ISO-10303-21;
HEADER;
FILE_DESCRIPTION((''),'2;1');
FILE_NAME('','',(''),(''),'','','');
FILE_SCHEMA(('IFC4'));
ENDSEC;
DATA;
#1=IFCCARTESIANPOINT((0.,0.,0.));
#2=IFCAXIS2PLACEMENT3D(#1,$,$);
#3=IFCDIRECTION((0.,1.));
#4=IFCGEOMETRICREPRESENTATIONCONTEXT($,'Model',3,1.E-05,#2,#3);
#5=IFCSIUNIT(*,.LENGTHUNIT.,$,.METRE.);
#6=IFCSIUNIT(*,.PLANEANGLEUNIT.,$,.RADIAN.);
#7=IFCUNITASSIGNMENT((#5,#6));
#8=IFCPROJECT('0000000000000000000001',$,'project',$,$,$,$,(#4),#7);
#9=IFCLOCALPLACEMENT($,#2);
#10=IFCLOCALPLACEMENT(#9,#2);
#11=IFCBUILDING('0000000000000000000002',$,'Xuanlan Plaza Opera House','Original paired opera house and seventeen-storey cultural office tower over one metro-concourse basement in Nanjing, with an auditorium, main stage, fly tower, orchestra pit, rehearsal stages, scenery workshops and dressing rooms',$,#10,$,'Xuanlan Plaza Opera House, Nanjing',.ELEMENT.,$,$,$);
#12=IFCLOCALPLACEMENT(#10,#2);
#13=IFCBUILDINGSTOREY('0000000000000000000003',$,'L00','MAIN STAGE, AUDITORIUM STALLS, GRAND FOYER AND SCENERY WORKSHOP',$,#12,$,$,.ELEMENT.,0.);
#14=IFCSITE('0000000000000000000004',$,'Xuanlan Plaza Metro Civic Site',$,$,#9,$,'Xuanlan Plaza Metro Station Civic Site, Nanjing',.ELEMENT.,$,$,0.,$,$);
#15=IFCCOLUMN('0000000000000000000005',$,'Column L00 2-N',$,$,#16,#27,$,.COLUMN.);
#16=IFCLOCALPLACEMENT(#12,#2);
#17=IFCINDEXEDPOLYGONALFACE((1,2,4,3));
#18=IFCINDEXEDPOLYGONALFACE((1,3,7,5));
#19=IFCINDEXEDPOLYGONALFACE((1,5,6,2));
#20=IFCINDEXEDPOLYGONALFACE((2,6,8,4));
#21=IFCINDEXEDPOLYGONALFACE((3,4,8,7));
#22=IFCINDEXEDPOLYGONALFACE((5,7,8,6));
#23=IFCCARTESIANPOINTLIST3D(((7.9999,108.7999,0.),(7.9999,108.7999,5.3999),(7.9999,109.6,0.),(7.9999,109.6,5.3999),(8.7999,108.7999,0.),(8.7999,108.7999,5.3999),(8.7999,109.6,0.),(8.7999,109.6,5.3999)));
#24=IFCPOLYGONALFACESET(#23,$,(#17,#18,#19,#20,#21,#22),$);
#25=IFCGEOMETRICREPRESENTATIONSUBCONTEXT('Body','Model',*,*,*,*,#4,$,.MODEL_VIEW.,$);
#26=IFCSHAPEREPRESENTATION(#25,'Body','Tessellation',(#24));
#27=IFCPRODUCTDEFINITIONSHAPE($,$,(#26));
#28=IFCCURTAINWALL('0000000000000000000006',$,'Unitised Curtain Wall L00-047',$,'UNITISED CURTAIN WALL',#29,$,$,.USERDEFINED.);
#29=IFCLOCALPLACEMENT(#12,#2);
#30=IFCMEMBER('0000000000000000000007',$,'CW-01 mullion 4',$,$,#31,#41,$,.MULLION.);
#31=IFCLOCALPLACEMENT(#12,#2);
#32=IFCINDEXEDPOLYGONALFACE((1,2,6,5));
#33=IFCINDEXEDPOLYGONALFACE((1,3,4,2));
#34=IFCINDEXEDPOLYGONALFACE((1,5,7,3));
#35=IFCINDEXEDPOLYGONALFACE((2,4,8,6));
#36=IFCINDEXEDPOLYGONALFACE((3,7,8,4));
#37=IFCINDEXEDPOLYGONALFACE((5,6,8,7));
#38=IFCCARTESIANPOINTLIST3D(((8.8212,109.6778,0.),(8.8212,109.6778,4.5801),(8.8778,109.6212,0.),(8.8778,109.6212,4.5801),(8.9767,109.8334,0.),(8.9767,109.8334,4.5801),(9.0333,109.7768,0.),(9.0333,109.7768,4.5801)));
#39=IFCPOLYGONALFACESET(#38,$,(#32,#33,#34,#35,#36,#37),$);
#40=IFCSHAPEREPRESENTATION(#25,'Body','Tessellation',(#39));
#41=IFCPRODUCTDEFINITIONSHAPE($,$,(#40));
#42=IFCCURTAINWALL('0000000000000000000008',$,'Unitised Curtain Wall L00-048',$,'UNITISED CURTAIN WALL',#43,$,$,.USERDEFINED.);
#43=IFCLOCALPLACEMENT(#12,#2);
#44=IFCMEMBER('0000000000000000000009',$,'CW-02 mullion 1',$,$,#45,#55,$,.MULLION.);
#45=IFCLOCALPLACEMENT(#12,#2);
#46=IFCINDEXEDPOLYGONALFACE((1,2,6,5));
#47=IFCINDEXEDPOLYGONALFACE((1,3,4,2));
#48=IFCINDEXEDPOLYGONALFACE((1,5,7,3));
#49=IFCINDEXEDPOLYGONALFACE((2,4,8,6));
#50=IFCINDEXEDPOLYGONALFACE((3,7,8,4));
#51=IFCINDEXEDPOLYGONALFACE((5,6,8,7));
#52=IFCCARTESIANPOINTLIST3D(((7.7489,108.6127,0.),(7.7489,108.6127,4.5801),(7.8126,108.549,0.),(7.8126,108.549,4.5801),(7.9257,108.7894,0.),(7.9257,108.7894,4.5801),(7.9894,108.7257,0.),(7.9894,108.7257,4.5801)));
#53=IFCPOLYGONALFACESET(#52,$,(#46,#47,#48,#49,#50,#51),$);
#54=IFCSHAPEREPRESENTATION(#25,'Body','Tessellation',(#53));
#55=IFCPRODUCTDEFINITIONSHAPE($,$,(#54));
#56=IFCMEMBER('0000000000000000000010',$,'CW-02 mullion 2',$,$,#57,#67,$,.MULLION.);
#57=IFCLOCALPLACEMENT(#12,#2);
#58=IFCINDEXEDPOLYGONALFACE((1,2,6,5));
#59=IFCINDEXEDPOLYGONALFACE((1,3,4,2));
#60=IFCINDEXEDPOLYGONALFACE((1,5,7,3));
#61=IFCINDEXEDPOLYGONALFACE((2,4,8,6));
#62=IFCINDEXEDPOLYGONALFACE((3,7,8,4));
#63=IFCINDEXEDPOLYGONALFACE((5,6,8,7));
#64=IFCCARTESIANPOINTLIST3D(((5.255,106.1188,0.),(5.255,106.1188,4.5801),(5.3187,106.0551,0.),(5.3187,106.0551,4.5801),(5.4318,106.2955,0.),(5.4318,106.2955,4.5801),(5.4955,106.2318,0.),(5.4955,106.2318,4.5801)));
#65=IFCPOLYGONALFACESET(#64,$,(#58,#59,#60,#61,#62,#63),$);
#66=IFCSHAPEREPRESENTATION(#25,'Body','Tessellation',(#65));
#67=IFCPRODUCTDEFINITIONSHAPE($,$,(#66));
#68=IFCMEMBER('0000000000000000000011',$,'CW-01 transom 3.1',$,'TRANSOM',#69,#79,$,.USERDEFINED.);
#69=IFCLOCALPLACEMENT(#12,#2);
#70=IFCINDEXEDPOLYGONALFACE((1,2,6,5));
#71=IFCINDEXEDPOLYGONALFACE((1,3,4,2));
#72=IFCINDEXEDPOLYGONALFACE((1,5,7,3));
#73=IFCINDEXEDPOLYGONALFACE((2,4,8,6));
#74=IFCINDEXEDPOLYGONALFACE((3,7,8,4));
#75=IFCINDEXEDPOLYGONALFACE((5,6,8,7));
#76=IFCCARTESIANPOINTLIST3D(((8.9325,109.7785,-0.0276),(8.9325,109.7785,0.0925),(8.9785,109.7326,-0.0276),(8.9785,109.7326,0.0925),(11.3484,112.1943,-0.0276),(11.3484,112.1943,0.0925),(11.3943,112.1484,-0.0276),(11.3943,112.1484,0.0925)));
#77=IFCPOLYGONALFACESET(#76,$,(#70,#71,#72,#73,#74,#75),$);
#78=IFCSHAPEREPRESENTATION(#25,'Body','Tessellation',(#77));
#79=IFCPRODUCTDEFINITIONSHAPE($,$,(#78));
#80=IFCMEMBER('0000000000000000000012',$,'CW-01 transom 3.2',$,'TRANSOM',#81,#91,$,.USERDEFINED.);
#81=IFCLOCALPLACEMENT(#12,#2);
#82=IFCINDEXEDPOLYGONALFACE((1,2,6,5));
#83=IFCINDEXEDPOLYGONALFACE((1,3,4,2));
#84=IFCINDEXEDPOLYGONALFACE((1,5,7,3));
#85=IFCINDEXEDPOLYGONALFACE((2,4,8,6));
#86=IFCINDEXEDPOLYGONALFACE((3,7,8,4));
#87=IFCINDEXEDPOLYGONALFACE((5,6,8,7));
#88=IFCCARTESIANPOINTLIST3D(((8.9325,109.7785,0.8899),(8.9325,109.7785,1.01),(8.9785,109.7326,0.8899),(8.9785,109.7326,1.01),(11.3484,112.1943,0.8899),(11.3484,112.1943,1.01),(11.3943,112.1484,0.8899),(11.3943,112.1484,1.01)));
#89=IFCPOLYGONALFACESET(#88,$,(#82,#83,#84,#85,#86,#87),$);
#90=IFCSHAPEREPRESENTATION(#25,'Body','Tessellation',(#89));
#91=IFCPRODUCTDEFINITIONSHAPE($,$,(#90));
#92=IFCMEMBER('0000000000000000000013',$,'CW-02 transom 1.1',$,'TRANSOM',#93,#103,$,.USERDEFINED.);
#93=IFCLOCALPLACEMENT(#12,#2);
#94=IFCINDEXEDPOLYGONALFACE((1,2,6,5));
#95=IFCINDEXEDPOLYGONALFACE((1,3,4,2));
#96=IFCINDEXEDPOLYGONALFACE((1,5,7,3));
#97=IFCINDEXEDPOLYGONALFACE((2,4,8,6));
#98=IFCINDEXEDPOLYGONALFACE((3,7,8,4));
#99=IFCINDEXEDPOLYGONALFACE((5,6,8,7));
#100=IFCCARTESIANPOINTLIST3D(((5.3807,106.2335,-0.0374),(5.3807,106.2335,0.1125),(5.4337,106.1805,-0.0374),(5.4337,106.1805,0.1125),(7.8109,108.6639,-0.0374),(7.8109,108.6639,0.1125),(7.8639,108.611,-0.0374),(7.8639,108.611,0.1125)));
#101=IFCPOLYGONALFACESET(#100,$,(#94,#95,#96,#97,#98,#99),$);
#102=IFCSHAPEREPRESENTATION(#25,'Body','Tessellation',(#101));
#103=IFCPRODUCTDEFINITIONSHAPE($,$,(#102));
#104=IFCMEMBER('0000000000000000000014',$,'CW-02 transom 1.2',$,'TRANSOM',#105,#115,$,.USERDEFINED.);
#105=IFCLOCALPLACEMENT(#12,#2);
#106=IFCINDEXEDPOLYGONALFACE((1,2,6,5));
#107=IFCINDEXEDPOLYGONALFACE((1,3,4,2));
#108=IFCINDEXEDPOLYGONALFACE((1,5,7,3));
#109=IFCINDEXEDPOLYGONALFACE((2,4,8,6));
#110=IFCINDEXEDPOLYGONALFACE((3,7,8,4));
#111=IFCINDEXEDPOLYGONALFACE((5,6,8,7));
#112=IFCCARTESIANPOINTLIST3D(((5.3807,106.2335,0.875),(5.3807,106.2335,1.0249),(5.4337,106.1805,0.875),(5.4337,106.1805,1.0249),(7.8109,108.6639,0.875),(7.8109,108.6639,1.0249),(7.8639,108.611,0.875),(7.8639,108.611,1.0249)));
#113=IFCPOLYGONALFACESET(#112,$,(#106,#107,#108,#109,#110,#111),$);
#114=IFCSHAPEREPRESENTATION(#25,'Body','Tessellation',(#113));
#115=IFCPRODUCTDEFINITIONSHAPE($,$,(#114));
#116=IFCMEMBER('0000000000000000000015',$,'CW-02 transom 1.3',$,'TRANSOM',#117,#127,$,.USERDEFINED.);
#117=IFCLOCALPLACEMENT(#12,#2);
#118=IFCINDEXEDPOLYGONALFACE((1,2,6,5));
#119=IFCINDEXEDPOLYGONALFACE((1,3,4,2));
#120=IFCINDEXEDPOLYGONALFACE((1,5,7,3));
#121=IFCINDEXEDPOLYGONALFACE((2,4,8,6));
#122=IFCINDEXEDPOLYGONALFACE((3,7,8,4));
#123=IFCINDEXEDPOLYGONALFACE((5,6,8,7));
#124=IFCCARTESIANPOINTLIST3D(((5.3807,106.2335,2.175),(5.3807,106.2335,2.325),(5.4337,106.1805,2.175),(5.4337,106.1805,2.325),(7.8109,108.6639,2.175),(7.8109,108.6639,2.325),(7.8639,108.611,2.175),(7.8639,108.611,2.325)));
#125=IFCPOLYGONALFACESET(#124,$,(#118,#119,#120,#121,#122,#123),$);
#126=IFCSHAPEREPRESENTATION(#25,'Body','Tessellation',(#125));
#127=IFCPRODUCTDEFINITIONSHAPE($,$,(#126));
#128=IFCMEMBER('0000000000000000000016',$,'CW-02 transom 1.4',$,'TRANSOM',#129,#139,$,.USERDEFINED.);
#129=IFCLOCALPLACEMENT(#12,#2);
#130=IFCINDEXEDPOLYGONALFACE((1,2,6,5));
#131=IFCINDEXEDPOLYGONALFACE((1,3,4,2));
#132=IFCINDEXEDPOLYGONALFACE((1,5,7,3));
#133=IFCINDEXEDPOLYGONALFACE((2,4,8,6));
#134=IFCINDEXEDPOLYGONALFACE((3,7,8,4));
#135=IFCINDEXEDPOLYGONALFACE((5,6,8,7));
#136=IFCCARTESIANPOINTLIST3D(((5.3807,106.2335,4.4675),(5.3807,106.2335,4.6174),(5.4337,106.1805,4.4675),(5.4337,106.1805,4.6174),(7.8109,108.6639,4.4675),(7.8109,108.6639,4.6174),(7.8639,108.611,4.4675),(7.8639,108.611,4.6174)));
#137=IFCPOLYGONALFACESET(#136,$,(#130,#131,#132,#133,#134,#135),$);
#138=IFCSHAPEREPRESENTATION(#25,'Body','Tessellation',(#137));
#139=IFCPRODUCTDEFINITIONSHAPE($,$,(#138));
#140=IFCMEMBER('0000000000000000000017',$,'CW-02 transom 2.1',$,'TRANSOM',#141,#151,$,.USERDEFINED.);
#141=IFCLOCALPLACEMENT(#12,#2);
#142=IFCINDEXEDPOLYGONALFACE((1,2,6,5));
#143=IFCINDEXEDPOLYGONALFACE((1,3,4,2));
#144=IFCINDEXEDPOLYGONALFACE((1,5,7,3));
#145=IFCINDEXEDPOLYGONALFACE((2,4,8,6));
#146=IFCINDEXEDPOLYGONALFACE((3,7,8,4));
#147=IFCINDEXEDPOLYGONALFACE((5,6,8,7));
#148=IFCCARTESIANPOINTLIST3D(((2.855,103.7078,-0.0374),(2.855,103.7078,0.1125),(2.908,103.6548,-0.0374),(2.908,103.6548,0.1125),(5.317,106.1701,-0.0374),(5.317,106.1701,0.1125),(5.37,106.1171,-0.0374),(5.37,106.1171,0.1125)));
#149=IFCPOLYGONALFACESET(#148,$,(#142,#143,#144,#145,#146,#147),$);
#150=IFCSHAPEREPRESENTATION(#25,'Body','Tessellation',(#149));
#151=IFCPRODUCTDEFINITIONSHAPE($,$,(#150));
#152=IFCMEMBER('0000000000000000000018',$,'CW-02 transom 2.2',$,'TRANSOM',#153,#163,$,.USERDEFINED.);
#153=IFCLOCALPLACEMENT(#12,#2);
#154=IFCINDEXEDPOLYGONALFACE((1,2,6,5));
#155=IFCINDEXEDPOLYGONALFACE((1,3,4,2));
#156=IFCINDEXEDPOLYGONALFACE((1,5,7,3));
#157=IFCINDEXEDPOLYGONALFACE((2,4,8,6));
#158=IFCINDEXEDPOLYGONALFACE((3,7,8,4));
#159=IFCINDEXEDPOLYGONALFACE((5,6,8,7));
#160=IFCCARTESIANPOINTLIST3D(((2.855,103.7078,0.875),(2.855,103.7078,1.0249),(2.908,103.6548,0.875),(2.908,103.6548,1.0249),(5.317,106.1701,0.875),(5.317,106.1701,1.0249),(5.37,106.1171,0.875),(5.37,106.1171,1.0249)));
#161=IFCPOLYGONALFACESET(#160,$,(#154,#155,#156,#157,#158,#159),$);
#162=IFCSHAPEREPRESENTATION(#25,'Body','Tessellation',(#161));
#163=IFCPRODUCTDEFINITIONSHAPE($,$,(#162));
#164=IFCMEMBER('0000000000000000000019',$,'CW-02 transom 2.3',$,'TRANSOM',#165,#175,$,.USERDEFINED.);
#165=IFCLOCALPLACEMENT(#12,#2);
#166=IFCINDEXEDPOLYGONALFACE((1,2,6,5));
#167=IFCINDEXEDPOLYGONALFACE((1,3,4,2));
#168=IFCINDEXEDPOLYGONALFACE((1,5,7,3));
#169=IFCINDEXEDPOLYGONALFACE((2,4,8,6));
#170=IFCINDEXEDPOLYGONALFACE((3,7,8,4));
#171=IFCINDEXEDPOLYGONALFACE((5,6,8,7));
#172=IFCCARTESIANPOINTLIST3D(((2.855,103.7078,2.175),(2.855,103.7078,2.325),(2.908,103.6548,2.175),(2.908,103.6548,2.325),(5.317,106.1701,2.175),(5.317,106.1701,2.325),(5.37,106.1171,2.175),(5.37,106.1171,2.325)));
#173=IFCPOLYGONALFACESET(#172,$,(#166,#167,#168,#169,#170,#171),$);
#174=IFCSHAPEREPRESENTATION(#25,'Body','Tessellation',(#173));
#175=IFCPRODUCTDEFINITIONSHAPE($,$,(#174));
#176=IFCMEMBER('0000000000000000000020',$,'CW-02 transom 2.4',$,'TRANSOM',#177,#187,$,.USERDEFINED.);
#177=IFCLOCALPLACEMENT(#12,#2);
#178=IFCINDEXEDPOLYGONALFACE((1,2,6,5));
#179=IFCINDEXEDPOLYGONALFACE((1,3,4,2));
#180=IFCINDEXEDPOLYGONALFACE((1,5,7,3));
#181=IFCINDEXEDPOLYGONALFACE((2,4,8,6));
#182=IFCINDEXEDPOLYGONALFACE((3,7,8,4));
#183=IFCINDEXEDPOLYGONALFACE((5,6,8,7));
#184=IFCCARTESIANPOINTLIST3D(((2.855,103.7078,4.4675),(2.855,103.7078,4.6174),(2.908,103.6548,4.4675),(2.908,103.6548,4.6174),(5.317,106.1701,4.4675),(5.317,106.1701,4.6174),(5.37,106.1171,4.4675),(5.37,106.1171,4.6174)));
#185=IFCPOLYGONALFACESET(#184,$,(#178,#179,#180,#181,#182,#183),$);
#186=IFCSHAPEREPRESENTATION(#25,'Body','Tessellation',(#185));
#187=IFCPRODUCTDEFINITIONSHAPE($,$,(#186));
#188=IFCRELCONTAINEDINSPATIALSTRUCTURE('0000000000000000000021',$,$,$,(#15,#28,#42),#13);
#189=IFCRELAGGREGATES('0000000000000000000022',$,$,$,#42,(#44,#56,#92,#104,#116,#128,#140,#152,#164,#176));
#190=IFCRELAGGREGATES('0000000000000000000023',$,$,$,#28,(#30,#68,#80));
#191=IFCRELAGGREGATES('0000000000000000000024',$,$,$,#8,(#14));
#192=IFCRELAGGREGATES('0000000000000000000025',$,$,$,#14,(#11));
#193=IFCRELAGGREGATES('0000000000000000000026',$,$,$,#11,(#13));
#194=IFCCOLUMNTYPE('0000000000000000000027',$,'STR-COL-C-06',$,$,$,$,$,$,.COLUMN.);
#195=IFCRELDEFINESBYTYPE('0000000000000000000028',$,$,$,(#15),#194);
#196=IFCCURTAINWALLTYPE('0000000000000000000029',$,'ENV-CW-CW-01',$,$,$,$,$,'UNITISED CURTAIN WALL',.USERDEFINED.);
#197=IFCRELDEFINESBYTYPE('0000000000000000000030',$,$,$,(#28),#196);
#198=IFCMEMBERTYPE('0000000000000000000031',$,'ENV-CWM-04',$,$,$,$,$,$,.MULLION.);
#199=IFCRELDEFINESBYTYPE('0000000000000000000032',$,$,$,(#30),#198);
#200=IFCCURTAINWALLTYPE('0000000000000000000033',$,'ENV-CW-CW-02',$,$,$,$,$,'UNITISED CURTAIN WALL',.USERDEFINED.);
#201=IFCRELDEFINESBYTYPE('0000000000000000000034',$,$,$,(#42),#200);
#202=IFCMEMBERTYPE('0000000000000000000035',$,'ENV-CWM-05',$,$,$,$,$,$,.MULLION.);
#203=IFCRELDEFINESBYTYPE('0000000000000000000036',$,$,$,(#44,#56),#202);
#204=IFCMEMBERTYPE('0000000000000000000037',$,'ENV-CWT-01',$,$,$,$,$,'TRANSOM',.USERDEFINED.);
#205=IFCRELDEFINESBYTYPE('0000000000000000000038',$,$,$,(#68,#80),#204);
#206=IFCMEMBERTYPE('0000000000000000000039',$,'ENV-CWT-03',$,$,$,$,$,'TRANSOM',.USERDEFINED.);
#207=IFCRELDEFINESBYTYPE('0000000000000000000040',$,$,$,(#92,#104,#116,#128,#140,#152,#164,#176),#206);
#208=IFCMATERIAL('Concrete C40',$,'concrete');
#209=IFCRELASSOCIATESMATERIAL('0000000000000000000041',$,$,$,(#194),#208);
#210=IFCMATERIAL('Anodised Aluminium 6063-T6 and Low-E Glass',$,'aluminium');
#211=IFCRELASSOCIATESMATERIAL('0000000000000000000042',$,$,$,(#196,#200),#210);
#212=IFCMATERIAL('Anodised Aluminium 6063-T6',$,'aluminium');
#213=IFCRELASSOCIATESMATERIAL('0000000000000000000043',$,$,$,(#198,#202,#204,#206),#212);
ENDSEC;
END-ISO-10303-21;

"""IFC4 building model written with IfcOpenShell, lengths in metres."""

from ifc_helpers import new_model, si_unit, direction, frame, origin, origin_2d, place, context, subcontext, project, spatial, rectangle, extrude, material, material_profile, profile_set, type_object, element, aggregate, save


model = new_model("IFC4")

# Units and contexts
model_context = context("Model", 3, precision=1e-05, world=origin(), true_north=direction((0.0, 1.0)))
body_context = subcontext(model_context, "Body", "Model", "MODEL_VIEW")
ifc_project = project(units=[si_unit("LENGTHUNIT", "METRE"), si_unit("PLANEANGLEUNIT", "RADIAN")], contexts=[model_context])

# Site, building, storey
site_placement = place(None, origin())
site = spatial("IfcSite", under=ifc_project, at=site_placement, Name="Xuanlan Plaza Metro Civic Site", LongName="Xuanlan Plaza Metro Station Civic Site, Nanjing", CompositionType="ELEMENT", RefElevation=0.0)
building_placement = place(site_placement, origin())
building = spatial("IfcBuilding", under=site, at=building_placement, Name="Xuanlan Plaza Opera House", Description="Original paired opera house and seventeen-storey cultural office tower over one metro-concourse basement in Nanjing, with an auditorium, main stage, fly tower, orchestra pit, rehearsal stages, scenery workshops and dressing rooms", LongName="Xuanlan Plaza Opera House, Nanjing", CompositionType="ELEMENT")
storey_placement = place(building_placement, origin())
storey = spatial("IfcBuildingStorey", under=building, at=storey_placement, Name="L00", Description="MAIN STAGE, AUDITORIUM STALLS, GRAND FOYER AND SCENERY WORKSHOP", CompositionType="ELEMENT", Elevation=0.0)

# Column
ifc_material_1 = material(Name="Concrete C40", Category="concrete")
ifc_material_profile_1 = material_profile(ifc_material_1, rectangle(XDim=0.8, YDim=0.8, at=origin_2d()), Name="RC-COL 800x800")
ifc_profile_set_1 = profile_set([ifc_material_profile_1], Name="Concrete C40")
column_type = type_object("IfcColumnType", Name="STR-COL-C-06", PredefinedType="COLUMN", material=ifc_profile_set_1)
column_placement = place(storey_placement, frame((8.3999, 109.2, 0.0), z_axis=(0.0, 0.0, 1.0), x_axis=(1.0, 0.0, 0.0)))
element("IfcColumn", 1, at=column_placement, inside=storey, type_object=column_type, Name="Column L00 2-N", PredefinedType="COLUMN", context=body_context, shape_type="SweptSolid", body=[
    extrude(rectangle(XDim=0.8, YDim=0.8, at=origin_2d()), origin(), (0.0, 0.0, 1.0), 5.3999),
])

# Curtain wall, member
ifc_material_2 = material(Name="Anodised Aluminium 6063-T6 and Low-E Glass", Category="aluminium")
curtain_wall_type_1 = type_object("IfcCurtainWallType", Name="ENV-CW-CW-01", ElementType="UNITISED CURTAIN WALL", PredefinedType="USERDEFINED", material=ifc_material_2)
curtain_wall_1_placement = place(storey_placement, origin())
curtain_wall_1 = element("IfcCurtainWall", 2, at=curtain_wall_1_placement, inside=storey, type_object=curtain_wall_type_1, Name="Unitised Curtain Wall L00-047", ObjectType="UNITISED CURTAIN WALL", PredefinedType="USERDEFINED")
ifc_material_3 = material(Name="Anodised Aluminium 6063-T6", Category="aluminium")
ifc_material_profile_2 = material_profile(ifc_material_3, rectangle(XDim=0.0801, YDim=0.22, at=origin_2d()), Name="ALU-M 80x220")
ifc_profile_set_2 = profile_set([ifc_material_profile_2], Name="Anodised Aluminium 6063-T6")
member_type_1 = type_object("IfcMemberType", Name="ENV-CWM-04", PredefinedType="MULLION", material=ifc_profile_set_2)
member_1_placement = place(storey_placement, frame((8.9272, 109.7273, 0.0), z_axis=(0.0, 0.0, 1.0), x_axis=(0.707107, -0.707107, 0.0)))
member_1 = element("IfcMember", 3, at=member_1_placement, type_object=member_type_1, Name="CW-01 mullion 4", PredefinedType="MULLION", context=body_context, shape_type="SweptSolid", body=[
    extrude(rectangle(XDim=0.0801, YDim=0.22, at=origin_2d()), origin(), (0.0, 0.0, 1.0), 4.5801),
])

# Curtain wall, members
curtain_wall_type_2 = type_object("IfcCurtainWallType", Name="ENV-CW-CW-02", ElementType="UNITISED CURTAIN WALL", PredefinedType="USERDEFINED", material=ifc_material_2)
curtain_wall_2_placement = place(storey_placement, origin())
curtain_wall_2 = element("IfcCurtainWall", 4, at=curtain_wall_2_placement, inside=storey, type_object=curtain_wall_type_2, Name="Unitised Curtain Wall L00-048", ObjectType="UNITISED CURTAIN WALL", PredefinedType="USERDEFINED")
ifc_material_profile_3 = material_profile(ifc_material_3, rectangle(XDim=0.0901, YDim=0.25, at=origin_2d()), Name="ALU-M 90x250")
ifc_profile_set_3 = profile_set([ifc_material_profile_3], Name="Anodised Aluminium 6063-T6")
member_type_2 = type_object("IfcMemberType", Name="ENV-CWM-05", PredefinedType="MULLION", material=ifc_profile_set_3)
member_2_placement = place(storey_placement, frame((7.8691, 108.6692, 0.0), z_axis=(0.0, 0.0, 1.0), x_axis=(0.707107, -0.707107, 0.0)))
member_2 = element("IfcMember", 5, at=member_2_placement, type_object=member_type_2, Name="CW-02 mullion 1", PredefinedType="MULLION", context=body_context, shape_type="SweptSolid", body=[
    extrude(rectangle(XDim=0.0901, YDim=0.25, at=origin_2d()), origin(), (0.0, 0.0, 1.0), 4.5801),
])
member_3_placement = place(storey_placement, frame((5.3752, 106.1753, 0.0), z_axis=(0.0, 0.0, 1.0), x_axis=(0.707107, -0.707107, 0.0)))
member_3 = element("IfcMember", 6, at=member_3_placement, type_object=member_type_2, Name="CW-02 mullion 2", PredefinedType="MULLION", context=body_context, shape_type="SweptSolid", body=[
    extrude(rectangle(XDim=0.0901, YDim=0.25, at=origin_2d()), origin(), (0.0, 0.0, 1.0), 4.5801),
])

# Members
ifc_material_profile_4 = material_profile(ifc_material_3, rectangle(XDim=0.0649, YDim=0.1201, at=origin_2d()), Name="ALU-T 65x120")
ifc_profile_set_4 = profile_set([ifc_material_profile_4], Name="Anodised Aluminium 6063-T6")
member_type_3 = type_object("IfcMemberType", Name="ENV-CWT-01", ElementType="TRANSOM", PredefinedType="USERDEFINED", material=ifc_profile_set_4)
member_4_placement = place(storey_placement, frame((11.3713, 112.1714, 0.0325), z_axis=(-0.707107, -0.707107, 0.0), x_axis=(0.707107, -0.707107, 0.0)))
member_4 = element("IfcMember", 7, at=member_4_placement, type_object=member_type_3, Name="CW-01 transom 3.1", ObjectType="TRANSOM", PredefinedType="USERDEFINED", context=body_context, shape_type="SweptSolid", body=[
    extrude(rectangle(XDim=0.0649, YDim=0.1201, at=origin_2d()), origin(), (0.0, 0.0, 1.0), 3.4165),
])
member_5_placement = place(storey_placement, frame((11.3713, 112.1714, 0.95), z_axis=(-0.707107, -0.707107, 0.0), x_axis=(0.707107, -0.707107, 0.0)))
member_5 = element("IfcMember", 8, at=member_5_placement, type_object=member_type_3, Name="CW-01 transom 3.2", ObjectType="TRANSOM", PredefinedType="USERDEFINED", context=body_context, shape_type="SweptSolid", body=[
    extrude(rectangle(XDim=0.0649, YDim=0.1201, at=origin_2d()), origin(), (0.0, 0.0, 1.0), 3.4165),
])
ifc_material_profile_5 = material_profile(ifc_material_3, rectangle(XDim=0.075, YDim=0.1499, at=origin_2d()), Name="ALU-T 75x150")
ifc_profile_set_5 = profile_set([ifc_material_profile_5], Name="Anodised Aluminium 6063-T6")
member_type_4 = type_object("IfcMemberType", Name="ENV-CWT-03", ElementType="TRANSOM", PredefinedType="USERDEFINED", material=ifc_profile_set_5)
member_6_placement = place(storey_placement, frame((7.8374, 108.6375, 0.0376), z_axis=(-0.707071, -0.707142, 0.0), x_axis=(0.707142, -0.707071, 0.0)))
member_6 = element("IfcMember", 9, at=member_6_placement, type_object=member_type_4, Name="CW-02 transom 1.1", ObjectType="TRANSOM", PredefinedType="USERDEFINED", context=body_context, shape_type="SweptSolid", body=[
    extrude(rectangle(XDim=0.075, YDim=0.1499, at=origin_2d()), origin(), (0.0, 0.0, 1.0), 3.437),
])
member_7_placement = place(storey_placement, frame((7.8374, 108.6375, 0.95), z_axis=(-0.707071, -0.707142, 0.0), x_axis=(0.707142, -0.707071, 0.0)))
member_7 = element("IfcMember", 10, at=member_7_placement, type_object=member_type_4, Name="CW-02 transom 1.2", ObjectType="TRANSOM", PredefinedType="USERDEFINED", context=body_context, shape_type="SweptSolid", body=[
    extrude(rectangle(XDim=0.075, YDim=0.1499, at=origin_2d()), origin(), (0.0, 0.0, 1.0), 3.437),
])
member_8_placement = place(storey_placement, frame((7.8374, 108.6375, 2.25), z_axis=(-0.707071, -0.707142, 0.0), x_axis=(0.707142, -0.707071, 0.0)))
member_8 = element("IfcMember", 11, at=member_8_placement, type_object=member_type_4, Name="CW-02 transom 1.3", ObjectType="TRANSOM", PredefinedType="USERDEFINED", context=body_context, shape_type="SweptSolid", body=[
    extrude(rectangle(XDim=0.075, YDim=0.1499, at=origin_2d()), origin(), (0.0, 0.0, 1.0), 3.437),
])
member_9_placement = place(storey_placement, frame((7.8374, 108.6375, 4.5425), z_axis=(-0.707071, -0.707142, 0.0), x_axis=(0.707142, -0.707071, 0.0)))
member_9 = element("IfcMember", 12, at=member_9_placement, type_object=member_type_4, Name="CW-02 transom 1.4", ObjectType="TRANSOM", PredefinedType="USERDEFINED", context=body_context, shape_type="SweptSolid", body=[
    extrude(rectangle(XDim=0.075, YDim=0.1499, at=origin_2d()), origin(), (0.0, 0.0, 1.0), 3.437),
])
member_10_placement = place(storey_placement, frame((5.3435, 106.1436, 0.0376), z_axis=(-0.707072, -0.707142, 0.0), x_axis=(0.707142, -0.707072, 0.0)))
member_10 = element("IfcMember", 13, at=member_10_placement, type_object=member_type_4, Name="CW-02 transom 2.1", ObjectType="TRANSOM", PredefinedType="USERDEFINED", context=body_context, shape_type="SweptSolid", body=[
    extrude(rectangle(XDim=0.075, YDim=0.1499, at=origin_2d()), origin(), (0.0, 0.0, 1.0), 3.4819),
])
member_11_placement = place(storey_placement, frame((5.3435, 106.1436, 0.95), z_axis=(-0.707072, -0.707142, 0.0), x_axis=(0.707142, -0.707072, 0.0)))
member_11 = element("IfcMember", 14, at=member_11_placement, type_object=member_type_4, Name="CW-02 transom 2.2", ObjectType="TRANSOM", PredefinedType="USERDEFINED", context=body_context, shape_type="SweptSolid", body=[
    extrude(rectangle(XDim=0.075, YDim=0.1499, at=origin_2d()), origin(), (0.0, 0.0, 1.0), 3.4819),
])
member_12_placement = place(storey_placement, frame((5.3435, 106.1436, 2.25), z_axis=(-0.707072, -0.707142, 0.0), x_axis=(0.707142, -0.707072, 0.0)))
member_12 = element("IfcMember", 15, at=member_12_placement, type_object=member_type_4, Name="CW-02 transom 2.3", ObjectType="TRANSOM", PredefinedType="USERDEFINED", context=body_context, shape_type="SweptSolid", body=[
    extrude(rectangle(XDim=0.075, YDim=0.1499, at=origin_2d()), origin(), (0.0, 0.0, 1.0), 3.4819),
])
member_13_placement = place(storey_placement, frame((5.3435, 106.1436, 4.5425), z_axis=(-0.707072, -0.707142, 0.0), x_axis=(0.707142, -0.707072, 0.0)))
member_13 = element("IfcMember", 16, at=member_13_placement, type_object=member_type_4, Name="CW-02 transom 2.4", ObjectType="TRANSOM", PredefinedType="USERDEFINED", context=body_context, shape_type="SweptSolid", body=[
    extrude(rectangle(XDim=0.075, YDim=0.1499, at=origin_2d()), origin(), (0.0, 0.0, 1.0), 3.4819),
])

aggregate(curtain_wall_2, [member_2, member_3, member_6, member_7, member_8, member_9, member_10, member_11, member_12, member_13])
aggregate(curtain_wall_1, [member_1, member_4, member_5])

save(model, "model.ifc")
